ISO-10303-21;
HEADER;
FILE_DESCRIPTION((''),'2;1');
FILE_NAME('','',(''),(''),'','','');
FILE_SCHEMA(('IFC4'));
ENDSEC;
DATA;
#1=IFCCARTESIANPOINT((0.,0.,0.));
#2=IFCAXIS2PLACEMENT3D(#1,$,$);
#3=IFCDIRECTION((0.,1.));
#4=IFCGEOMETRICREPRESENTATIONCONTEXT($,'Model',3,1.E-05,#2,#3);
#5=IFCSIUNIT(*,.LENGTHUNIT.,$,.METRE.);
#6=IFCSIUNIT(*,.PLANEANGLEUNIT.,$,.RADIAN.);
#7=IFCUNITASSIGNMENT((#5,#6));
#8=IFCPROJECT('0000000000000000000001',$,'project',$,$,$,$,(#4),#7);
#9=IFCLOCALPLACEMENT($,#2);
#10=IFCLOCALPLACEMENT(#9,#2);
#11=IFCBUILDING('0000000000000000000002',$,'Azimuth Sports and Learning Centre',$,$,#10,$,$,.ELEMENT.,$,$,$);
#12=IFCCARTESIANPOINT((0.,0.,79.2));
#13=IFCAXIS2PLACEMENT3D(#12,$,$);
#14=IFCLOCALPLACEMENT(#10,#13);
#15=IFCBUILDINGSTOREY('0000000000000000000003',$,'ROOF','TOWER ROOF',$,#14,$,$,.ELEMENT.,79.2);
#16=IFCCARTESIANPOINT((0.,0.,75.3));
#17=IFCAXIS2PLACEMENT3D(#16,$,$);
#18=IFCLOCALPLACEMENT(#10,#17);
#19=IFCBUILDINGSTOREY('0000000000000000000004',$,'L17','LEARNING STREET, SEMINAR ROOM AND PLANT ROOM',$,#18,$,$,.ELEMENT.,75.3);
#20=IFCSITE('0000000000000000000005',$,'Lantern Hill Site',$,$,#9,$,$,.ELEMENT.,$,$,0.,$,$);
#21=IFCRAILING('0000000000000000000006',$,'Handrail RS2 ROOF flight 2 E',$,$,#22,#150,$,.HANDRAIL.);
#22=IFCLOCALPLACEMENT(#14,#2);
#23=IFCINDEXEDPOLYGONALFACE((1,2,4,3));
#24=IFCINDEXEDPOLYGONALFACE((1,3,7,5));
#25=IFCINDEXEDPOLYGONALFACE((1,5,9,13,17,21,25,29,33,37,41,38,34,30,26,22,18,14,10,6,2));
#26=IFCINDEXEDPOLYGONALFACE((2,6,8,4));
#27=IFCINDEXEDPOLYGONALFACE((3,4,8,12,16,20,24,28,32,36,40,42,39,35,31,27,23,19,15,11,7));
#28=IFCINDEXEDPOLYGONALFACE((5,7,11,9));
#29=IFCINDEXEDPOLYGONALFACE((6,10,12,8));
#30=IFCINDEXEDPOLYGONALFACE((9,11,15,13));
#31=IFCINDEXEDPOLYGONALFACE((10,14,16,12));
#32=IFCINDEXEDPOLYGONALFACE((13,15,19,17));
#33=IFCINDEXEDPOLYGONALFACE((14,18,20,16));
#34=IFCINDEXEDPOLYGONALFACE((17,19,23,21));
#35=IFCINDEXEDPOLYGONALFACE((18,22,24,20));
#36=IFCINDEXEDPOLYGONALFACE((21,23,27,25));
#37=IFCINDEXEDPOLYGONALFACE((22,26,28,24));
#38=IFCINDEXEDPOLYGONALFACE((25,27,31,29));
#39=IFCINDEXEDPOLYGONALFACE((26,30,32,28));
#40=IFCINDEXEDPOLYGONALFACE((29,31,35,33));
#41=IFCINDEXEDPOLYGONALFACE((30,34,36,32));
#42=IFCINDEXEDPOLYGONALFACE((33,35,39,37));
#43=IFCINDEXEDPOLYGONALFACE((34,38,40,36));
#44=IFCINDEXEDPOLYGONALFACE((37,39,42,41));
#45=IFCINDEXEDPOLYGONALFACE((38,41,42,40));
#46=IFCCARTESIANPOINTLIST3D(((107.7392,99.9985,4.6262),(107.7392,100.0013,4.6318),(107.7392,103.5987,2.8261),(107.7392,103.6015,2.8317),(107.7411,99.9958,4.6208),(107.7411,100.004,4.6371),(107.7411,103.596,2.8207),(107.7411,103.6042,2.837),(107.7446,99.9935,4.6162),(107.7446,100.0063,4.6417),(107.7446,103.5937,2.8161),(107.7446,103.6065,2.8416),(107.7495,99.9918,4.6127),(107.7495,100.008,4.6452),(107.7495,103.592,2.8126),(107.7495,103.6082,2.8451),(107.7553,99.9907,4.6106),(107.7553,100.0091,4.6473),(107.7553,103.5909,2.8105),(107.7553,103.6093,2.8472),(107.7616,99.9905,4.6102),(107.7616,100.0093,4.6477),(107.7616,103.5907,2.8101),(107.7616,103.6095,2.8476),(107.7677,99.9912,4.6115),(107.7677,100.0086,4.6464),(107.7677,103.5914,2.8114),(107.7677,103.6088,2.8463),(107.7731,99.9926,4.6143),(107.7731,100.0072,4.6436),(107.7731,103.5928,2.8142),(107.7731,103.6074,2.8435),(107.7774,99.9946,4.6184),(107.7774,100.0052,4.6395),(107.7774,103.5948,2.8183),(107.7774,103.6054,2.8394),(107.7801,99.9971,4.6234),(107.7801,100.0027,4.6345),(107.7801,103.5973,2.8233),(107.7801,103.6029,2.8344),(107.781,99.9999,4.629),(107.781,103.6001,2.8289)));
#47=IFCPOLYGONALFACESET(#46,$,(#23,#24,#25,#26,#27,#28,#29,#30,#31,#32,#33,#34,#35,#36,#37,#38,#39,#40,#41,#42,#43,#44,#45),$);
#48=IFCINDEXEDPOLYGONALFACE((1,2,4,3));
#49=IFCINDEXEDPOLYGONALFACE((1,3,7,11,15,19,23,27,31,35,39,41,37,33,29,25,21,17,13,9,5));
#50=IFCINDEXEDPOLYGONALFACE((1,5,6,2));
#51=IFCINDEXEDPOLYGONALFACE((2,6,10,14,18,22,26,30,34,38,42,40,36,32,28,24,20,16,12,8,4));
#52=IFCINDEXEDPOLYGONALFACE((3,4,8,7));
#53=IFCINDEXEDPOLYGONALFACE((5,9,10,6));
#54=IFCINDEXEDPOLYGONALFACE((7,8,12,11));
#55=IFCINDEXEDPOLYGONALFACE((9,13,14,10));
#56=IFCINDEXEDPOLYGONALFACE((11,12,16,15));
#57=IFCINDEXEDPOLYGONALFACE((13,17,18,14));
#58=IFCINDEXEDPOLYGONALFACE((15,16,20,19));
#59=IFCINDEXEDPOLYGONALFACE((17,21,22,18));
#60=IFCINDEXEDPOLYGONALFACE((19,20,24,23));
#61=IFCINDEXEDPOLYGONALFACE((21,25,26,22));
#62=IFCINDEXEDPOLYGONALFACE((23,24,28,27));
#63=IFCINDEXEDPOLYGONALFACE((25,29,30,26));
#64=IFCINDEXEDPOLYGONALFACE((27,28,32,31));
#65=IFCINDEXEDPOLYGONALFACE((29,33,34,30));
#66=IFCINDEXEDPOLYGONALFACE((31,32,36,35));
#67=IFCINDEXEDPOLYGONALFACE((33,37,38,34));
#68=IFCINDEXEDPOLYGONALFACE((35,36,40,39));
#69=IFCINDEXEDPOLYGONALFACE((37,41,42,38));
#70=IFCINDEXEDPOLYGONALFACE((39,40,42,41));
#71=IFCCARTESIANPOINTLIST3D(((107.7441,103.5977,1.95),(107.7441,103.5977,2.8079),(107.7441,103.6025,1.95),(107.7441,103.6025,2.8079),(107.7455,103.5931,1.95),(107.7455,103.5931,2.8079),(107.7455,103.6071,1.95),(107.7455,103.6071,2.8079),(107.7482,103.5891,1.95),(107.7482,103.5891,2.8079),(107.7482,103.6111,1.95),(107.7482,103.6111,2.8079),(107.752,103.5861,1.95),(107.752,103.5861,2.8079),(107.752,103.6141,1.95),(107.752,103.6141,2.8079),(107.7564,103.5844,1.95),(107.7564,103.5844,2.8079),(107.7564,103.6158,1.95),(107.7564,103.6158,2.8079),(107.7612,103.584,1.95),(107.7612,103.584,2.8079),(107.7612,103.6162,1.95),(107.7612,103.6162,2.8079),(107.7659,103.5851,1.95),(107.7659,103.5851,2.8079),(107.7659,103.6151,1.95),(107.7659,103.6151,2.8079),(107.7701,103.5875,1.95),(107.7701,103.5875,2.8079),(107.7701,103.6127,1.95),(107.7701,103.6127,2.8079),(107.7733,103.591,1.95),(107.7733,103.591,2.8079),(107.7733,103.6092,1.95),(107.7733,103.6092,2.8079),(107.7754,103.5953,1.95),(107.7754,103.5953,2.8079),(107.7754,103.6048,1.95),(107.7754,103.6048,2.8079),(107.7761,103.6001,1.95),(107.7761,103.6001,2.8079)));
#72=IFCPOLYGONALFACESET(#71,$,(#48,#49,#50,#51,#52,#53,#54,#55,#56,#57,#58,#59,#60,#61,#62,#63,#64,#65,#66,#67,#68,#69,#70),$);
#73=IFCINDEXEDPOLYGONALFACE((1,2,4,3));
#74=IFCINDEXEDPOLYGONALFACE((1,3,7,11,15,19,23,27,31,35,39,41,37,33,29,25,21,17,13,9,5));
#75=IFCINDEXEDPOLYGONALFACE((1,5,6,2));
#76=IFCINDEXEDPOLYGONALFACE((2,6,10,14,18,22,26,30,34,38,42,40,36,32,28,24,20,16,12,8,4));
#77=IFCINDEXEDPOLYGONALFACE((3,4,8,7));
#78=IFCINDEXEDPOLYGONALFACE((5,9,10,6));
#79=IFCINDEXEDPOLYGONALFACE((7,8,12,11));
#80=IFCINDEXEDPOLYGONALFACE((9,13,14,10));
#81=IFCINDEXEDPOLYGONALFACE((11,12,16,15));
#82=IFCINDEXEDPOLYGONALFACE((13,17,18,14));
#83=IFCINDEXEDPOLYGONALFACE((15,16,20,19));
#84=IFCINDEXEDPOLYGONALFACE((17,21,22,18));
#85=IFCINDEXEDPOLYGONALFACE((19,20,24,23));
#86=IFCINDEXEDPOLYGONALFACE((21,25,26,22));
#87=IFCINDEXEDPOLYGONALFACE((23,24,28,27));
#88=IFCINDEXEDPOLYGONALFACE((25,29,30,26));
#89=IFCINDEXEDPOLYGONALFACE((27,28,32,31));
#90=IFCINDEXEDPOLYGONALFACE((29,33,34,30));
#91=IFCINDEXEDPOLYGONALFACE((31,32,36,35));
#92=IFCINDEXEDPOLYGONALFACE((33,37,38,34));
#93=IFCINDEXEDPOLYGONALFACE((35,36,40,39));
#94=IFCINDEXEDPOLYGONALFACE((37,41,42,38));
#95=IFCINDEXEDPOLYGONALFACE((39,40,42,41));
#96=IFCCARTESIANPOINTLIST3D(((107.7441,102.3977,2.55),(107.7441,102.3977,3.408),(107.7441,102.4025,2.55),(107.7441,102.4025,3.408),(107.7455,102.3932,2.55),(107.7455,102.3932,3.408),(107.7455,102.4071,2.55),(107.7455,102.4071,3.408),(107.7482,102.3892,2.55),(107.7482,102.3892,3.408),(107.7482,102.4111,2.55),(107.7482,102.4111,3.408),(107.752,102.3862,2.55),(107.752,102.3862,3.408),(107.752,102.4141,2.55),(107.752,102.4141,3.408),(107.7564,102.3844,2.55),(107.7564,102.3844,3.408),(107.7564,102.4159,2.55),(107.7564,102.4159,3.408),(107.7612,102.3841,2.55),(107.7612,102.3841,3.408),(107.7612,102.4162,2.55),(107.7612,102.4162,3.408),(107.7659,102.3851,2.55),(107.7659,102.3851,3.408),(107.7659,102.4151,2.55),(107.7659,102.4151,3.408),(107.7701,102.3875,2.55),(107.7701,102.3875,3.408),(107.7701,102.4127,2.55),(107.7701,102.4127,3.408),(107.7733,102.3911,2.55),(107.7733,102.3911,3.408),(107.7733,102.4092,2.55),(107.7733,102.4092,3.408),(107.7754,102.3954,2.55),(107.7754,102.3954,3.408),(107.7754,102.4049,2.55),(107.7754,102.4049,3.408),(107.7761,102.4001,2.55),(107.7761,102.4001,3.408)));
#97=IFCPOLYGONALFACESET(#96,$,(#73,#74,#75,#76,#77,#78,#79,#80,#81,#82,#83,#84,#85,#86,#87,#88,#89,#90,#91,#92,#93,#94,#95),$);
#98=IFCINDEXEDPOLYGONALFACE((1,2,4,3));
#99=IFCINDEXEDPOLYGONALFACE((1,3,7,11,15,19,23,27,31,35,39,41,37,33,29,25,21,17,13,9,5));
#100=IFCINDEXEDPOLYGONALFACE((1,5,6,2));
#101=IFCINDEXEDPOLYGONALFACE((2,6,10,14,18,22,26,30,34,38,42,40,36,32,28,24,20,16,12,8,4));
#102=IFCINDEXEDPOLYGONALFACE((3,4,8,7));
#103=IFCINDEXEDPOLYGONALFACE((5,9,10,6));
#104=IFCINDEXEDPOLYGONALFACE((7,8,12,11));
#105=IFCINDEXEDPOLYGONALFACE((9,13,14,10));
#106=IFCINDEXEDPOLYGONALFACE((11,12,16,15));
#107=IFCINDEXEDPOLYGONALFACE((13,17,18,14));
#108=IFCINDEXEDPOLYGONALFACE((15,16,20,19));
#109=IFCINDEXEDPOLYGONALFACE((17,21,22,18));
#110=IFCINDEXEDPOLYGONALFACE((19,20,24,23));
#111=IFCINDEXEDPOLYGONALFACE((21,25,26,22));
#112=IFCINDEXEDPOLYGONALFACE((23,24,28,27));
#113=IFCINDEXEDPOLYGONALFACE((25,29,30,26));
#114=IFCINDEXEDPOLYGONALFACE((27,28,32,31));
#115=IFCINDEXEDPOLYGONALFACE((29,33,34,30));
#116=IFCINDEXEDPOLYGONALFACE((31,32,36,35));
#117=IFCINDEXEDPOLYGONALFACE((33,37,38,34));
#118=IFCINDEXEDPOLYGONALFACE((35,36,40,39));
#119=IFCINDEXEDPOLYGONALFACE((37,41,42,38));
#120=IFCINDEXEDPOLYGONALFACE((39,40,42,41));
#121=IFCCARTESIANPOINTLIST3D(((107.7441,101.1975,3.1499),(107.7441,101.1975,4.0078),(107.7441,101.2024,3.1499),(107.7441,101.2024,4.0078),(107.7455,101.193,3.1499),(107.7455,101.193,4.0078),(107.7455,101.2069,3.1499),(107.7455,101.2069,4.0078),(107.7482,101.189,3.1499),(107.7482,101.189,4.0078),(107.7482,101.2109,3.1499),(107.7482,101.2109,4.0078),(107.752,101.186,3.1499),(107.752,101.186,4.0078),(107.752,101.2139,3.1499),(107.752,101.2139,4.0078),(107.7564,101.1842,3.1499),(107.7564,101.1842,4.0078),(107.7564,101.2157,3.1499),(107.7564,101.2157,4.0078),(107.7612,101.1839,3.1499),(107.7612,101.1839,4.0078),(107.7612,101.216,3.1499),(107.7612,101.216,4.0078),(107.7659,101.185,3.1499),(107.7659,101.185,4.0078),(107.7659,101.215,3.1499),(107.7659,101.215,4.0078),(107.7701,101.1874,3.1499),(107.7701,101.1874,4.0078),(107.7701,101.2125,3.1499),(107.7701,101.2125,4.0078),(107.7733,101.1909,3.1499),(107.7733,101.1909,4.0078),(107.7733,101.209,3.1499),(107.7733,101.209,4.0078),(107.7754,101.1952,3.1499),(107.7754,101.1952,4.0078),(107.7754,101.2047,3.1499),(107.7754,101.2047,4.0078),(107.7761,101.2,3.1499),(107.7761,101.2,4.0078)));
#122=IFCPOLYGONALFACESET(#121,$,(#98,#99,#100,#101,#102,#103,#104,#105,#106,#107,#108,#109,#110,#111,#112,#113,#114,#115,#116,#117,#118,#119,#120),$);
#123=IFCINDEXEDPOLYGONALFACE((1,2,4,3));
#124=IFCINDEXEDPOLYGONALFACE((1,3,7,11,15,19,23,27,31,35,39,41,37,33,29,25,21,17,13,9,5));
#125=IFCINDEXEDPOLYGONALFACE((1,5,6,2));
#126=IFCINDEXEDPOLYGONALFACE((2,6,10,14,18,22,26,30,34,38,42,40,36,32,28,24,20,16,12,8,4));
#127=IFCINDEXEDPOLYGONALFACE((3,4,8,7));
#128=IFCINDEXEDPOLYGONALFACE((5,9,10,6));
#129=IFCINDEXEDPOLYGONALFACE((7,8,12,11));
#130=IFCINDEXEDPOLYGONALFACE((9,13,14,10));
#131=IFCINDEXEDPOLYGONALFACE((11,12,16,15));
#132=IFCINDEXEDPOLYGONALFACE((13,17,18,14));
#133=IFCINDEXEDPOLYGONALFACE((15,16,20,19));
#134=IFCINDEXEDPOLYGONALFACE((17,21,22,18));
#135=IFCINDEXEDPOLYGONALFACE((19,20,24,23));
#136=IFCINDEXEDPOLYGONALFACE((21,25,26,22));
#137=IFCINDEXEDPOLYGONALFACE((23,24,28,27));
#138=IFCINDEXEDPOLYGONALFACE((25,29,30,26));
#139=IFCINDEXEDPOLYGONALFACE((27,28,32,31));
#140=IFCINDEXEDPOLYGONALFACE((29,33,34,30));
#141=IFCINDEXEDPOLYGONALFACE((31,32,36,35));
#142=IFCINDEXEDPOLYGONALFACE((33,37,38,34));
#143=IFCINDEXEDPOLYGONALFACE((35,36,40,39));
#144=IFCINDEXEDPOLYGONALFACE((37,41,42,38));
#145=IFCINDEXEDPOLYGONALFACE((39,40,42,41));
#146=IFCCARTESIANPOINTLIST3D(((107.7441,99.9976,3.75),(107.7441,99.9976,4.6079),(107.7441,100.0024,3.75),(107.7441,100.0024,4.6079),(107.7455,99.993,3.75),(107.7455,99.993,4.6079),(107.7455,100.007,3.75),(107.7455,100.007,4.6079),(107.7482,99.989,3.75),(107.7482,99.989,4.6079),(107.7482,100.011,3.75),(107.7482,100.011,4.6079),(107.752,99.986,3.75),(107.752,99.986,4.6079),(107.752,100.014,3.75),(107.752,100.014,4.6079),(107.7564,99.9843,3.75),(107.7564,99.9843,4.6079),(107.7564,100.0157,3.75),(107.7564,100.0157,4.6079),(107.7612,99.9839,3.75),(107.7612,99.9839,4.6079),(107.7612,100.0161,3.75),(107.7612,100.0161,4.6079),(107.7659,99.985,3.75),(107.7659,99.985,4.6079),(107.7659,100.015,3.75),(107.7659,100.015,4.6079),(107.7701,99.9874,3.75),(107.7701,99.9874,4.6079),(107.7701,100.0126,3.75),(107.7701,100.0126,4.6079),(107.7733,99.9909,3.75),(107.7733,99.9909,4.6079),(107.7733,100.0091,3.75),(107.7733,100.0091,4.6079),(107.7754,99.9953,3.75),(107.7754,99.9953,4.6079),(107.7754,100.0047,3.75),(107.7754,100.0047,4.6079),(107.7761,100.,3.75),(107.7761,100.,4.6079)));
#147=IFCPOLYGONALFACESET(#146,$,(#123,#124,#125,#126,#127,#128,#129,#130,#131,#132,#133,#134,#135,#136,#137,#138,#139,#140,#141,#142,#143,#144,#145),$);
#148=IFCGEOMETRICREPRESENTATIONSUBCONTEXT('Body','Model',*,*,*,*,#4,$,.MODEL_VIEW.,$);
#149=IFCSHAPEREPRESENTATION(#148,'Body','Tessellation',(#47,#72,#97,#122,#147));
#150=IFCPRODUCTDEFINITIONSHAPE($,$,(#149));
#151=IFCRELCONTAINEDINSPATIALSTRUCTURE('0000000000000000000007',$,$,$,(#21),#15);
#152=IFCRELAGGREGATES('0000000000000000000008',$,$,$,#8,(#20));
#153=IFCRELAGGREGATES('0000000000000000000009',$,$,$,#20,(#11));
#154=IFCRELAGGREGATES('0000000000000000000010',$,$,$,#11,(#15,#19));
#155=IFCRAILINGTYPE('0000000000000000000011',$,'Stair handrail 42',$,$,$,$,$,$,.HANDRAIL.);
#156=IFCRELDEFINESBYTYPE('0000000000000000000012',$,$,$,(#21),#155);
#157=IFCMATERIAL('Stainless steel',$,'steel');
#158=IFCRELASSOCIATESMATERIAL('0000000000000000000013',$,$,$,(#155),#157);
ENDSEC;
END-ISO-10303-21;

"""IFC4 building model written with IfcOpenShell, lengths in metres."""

from ifc_helpers import new_model, si_unit, direction, frame, origin, origin_2d, place, context, subcontext, project, spatial, circle, extrude, material, type_object, element, save


model = new_model("IFC4")

# Units and contexts
model_context = context("Model", 3, precision=1e-05, world=origin(), true_north=direction((0.0, 1.0)))
body_context = subcontext(model_context, "Body", "Model", "MODEL_VIEW")
ifc_project = project(units=[si_unit("LENGTHUNIT", "METRE"), si_unit("PLANEANGLEUNIT", "RADIAN")], contexts=[model_context])

# Site, building, storey
site_placement = place(None, origin())
site = spatial("IfcSite", under=ifc_project, at=site_placement, Name="Lantern Hill Site", CompositionType="ELEMENT", RefElevation=0.0)
building_placement = place(site_placement, origin())
building = spatial("IfcBuilding", under=site, at=building_placement, Name="Azimuth Sports and Learning Centre", CompositionType="ELEMENT")
storey_1_placement = place(building_placement, frame((0.0, 0.0, 79.2)))
storey_1 = spatial("IfcBuildingStorey", under=building, at=storey_1_placement, Name="ROOF", Description="TOWER ROOF", CompositionType="ELEMENT", Elevation=79.2)

# Shared definitions
storey_2_placement = place(building_placement, frame((0.0, 0.0, 75.3)))
storey_2 = spatial("IfcBuildingStorey", under=building, at=storey_2_placement, Name="L17", Description="LEARNING STREET, SEMINAR ROOM AND PLANT ROOM", CompositionType="ELEMENT", Elevation=75.3)

# Railing
ifc_material_1 = material(Name="Stainless steel", Category="steel")
railing_type_1 = type_object("IfcRailingType", Name="Stair handrail 42", PredefinedType="HANDRAIL", material=ifc_material_1)
for number, where, name in (
    (1, (107.76, 103.6001, 1.95), "Handrail RS2 ROOF flight 2 E"),
):
    element("IfcRailing", number, at=place(storey_1_placement, frame(where)), inside=storey_1, type_object=railing_type_1, Name=name, PredefinedType="HANDRAIL", context=body_context, shape_type="SweptSolid", body=[
        extrude(circle(Radius=0.021, at=origin_2d()), frame((0.0, 0.0, 0.8789), z_axis=(0.0, -0.894427, 0.447214), x_axis=(1.0, 0.0, 0.0)), (0.0, 0.0, 1.0), 4.0251),
        extrude(circle(Radius=0.0161, at=origin_2d()), origin(), (0.0, 0.0, 1.0), 0.8579),
        extrude(circle(Radius=0.0161, at=origin_2d()), frame((0.0, -1.2, 0.6001)), (0.0, 0.0, 1.0), 0.8579),
        extrude(circle(Radius=0.0161, at=origin_2d()), frame((0.0, -2.4001, 1.2)), (0.0, 0.0, 1.0), 0.8579),
        extrude(circle(Radius=0.0161, at=origin_2d()), frame((0.0, -3.6001, 1.8)), (0.0, 0.0, 1.0), 0.8579),
    ])

save(model, "model.ifc")
